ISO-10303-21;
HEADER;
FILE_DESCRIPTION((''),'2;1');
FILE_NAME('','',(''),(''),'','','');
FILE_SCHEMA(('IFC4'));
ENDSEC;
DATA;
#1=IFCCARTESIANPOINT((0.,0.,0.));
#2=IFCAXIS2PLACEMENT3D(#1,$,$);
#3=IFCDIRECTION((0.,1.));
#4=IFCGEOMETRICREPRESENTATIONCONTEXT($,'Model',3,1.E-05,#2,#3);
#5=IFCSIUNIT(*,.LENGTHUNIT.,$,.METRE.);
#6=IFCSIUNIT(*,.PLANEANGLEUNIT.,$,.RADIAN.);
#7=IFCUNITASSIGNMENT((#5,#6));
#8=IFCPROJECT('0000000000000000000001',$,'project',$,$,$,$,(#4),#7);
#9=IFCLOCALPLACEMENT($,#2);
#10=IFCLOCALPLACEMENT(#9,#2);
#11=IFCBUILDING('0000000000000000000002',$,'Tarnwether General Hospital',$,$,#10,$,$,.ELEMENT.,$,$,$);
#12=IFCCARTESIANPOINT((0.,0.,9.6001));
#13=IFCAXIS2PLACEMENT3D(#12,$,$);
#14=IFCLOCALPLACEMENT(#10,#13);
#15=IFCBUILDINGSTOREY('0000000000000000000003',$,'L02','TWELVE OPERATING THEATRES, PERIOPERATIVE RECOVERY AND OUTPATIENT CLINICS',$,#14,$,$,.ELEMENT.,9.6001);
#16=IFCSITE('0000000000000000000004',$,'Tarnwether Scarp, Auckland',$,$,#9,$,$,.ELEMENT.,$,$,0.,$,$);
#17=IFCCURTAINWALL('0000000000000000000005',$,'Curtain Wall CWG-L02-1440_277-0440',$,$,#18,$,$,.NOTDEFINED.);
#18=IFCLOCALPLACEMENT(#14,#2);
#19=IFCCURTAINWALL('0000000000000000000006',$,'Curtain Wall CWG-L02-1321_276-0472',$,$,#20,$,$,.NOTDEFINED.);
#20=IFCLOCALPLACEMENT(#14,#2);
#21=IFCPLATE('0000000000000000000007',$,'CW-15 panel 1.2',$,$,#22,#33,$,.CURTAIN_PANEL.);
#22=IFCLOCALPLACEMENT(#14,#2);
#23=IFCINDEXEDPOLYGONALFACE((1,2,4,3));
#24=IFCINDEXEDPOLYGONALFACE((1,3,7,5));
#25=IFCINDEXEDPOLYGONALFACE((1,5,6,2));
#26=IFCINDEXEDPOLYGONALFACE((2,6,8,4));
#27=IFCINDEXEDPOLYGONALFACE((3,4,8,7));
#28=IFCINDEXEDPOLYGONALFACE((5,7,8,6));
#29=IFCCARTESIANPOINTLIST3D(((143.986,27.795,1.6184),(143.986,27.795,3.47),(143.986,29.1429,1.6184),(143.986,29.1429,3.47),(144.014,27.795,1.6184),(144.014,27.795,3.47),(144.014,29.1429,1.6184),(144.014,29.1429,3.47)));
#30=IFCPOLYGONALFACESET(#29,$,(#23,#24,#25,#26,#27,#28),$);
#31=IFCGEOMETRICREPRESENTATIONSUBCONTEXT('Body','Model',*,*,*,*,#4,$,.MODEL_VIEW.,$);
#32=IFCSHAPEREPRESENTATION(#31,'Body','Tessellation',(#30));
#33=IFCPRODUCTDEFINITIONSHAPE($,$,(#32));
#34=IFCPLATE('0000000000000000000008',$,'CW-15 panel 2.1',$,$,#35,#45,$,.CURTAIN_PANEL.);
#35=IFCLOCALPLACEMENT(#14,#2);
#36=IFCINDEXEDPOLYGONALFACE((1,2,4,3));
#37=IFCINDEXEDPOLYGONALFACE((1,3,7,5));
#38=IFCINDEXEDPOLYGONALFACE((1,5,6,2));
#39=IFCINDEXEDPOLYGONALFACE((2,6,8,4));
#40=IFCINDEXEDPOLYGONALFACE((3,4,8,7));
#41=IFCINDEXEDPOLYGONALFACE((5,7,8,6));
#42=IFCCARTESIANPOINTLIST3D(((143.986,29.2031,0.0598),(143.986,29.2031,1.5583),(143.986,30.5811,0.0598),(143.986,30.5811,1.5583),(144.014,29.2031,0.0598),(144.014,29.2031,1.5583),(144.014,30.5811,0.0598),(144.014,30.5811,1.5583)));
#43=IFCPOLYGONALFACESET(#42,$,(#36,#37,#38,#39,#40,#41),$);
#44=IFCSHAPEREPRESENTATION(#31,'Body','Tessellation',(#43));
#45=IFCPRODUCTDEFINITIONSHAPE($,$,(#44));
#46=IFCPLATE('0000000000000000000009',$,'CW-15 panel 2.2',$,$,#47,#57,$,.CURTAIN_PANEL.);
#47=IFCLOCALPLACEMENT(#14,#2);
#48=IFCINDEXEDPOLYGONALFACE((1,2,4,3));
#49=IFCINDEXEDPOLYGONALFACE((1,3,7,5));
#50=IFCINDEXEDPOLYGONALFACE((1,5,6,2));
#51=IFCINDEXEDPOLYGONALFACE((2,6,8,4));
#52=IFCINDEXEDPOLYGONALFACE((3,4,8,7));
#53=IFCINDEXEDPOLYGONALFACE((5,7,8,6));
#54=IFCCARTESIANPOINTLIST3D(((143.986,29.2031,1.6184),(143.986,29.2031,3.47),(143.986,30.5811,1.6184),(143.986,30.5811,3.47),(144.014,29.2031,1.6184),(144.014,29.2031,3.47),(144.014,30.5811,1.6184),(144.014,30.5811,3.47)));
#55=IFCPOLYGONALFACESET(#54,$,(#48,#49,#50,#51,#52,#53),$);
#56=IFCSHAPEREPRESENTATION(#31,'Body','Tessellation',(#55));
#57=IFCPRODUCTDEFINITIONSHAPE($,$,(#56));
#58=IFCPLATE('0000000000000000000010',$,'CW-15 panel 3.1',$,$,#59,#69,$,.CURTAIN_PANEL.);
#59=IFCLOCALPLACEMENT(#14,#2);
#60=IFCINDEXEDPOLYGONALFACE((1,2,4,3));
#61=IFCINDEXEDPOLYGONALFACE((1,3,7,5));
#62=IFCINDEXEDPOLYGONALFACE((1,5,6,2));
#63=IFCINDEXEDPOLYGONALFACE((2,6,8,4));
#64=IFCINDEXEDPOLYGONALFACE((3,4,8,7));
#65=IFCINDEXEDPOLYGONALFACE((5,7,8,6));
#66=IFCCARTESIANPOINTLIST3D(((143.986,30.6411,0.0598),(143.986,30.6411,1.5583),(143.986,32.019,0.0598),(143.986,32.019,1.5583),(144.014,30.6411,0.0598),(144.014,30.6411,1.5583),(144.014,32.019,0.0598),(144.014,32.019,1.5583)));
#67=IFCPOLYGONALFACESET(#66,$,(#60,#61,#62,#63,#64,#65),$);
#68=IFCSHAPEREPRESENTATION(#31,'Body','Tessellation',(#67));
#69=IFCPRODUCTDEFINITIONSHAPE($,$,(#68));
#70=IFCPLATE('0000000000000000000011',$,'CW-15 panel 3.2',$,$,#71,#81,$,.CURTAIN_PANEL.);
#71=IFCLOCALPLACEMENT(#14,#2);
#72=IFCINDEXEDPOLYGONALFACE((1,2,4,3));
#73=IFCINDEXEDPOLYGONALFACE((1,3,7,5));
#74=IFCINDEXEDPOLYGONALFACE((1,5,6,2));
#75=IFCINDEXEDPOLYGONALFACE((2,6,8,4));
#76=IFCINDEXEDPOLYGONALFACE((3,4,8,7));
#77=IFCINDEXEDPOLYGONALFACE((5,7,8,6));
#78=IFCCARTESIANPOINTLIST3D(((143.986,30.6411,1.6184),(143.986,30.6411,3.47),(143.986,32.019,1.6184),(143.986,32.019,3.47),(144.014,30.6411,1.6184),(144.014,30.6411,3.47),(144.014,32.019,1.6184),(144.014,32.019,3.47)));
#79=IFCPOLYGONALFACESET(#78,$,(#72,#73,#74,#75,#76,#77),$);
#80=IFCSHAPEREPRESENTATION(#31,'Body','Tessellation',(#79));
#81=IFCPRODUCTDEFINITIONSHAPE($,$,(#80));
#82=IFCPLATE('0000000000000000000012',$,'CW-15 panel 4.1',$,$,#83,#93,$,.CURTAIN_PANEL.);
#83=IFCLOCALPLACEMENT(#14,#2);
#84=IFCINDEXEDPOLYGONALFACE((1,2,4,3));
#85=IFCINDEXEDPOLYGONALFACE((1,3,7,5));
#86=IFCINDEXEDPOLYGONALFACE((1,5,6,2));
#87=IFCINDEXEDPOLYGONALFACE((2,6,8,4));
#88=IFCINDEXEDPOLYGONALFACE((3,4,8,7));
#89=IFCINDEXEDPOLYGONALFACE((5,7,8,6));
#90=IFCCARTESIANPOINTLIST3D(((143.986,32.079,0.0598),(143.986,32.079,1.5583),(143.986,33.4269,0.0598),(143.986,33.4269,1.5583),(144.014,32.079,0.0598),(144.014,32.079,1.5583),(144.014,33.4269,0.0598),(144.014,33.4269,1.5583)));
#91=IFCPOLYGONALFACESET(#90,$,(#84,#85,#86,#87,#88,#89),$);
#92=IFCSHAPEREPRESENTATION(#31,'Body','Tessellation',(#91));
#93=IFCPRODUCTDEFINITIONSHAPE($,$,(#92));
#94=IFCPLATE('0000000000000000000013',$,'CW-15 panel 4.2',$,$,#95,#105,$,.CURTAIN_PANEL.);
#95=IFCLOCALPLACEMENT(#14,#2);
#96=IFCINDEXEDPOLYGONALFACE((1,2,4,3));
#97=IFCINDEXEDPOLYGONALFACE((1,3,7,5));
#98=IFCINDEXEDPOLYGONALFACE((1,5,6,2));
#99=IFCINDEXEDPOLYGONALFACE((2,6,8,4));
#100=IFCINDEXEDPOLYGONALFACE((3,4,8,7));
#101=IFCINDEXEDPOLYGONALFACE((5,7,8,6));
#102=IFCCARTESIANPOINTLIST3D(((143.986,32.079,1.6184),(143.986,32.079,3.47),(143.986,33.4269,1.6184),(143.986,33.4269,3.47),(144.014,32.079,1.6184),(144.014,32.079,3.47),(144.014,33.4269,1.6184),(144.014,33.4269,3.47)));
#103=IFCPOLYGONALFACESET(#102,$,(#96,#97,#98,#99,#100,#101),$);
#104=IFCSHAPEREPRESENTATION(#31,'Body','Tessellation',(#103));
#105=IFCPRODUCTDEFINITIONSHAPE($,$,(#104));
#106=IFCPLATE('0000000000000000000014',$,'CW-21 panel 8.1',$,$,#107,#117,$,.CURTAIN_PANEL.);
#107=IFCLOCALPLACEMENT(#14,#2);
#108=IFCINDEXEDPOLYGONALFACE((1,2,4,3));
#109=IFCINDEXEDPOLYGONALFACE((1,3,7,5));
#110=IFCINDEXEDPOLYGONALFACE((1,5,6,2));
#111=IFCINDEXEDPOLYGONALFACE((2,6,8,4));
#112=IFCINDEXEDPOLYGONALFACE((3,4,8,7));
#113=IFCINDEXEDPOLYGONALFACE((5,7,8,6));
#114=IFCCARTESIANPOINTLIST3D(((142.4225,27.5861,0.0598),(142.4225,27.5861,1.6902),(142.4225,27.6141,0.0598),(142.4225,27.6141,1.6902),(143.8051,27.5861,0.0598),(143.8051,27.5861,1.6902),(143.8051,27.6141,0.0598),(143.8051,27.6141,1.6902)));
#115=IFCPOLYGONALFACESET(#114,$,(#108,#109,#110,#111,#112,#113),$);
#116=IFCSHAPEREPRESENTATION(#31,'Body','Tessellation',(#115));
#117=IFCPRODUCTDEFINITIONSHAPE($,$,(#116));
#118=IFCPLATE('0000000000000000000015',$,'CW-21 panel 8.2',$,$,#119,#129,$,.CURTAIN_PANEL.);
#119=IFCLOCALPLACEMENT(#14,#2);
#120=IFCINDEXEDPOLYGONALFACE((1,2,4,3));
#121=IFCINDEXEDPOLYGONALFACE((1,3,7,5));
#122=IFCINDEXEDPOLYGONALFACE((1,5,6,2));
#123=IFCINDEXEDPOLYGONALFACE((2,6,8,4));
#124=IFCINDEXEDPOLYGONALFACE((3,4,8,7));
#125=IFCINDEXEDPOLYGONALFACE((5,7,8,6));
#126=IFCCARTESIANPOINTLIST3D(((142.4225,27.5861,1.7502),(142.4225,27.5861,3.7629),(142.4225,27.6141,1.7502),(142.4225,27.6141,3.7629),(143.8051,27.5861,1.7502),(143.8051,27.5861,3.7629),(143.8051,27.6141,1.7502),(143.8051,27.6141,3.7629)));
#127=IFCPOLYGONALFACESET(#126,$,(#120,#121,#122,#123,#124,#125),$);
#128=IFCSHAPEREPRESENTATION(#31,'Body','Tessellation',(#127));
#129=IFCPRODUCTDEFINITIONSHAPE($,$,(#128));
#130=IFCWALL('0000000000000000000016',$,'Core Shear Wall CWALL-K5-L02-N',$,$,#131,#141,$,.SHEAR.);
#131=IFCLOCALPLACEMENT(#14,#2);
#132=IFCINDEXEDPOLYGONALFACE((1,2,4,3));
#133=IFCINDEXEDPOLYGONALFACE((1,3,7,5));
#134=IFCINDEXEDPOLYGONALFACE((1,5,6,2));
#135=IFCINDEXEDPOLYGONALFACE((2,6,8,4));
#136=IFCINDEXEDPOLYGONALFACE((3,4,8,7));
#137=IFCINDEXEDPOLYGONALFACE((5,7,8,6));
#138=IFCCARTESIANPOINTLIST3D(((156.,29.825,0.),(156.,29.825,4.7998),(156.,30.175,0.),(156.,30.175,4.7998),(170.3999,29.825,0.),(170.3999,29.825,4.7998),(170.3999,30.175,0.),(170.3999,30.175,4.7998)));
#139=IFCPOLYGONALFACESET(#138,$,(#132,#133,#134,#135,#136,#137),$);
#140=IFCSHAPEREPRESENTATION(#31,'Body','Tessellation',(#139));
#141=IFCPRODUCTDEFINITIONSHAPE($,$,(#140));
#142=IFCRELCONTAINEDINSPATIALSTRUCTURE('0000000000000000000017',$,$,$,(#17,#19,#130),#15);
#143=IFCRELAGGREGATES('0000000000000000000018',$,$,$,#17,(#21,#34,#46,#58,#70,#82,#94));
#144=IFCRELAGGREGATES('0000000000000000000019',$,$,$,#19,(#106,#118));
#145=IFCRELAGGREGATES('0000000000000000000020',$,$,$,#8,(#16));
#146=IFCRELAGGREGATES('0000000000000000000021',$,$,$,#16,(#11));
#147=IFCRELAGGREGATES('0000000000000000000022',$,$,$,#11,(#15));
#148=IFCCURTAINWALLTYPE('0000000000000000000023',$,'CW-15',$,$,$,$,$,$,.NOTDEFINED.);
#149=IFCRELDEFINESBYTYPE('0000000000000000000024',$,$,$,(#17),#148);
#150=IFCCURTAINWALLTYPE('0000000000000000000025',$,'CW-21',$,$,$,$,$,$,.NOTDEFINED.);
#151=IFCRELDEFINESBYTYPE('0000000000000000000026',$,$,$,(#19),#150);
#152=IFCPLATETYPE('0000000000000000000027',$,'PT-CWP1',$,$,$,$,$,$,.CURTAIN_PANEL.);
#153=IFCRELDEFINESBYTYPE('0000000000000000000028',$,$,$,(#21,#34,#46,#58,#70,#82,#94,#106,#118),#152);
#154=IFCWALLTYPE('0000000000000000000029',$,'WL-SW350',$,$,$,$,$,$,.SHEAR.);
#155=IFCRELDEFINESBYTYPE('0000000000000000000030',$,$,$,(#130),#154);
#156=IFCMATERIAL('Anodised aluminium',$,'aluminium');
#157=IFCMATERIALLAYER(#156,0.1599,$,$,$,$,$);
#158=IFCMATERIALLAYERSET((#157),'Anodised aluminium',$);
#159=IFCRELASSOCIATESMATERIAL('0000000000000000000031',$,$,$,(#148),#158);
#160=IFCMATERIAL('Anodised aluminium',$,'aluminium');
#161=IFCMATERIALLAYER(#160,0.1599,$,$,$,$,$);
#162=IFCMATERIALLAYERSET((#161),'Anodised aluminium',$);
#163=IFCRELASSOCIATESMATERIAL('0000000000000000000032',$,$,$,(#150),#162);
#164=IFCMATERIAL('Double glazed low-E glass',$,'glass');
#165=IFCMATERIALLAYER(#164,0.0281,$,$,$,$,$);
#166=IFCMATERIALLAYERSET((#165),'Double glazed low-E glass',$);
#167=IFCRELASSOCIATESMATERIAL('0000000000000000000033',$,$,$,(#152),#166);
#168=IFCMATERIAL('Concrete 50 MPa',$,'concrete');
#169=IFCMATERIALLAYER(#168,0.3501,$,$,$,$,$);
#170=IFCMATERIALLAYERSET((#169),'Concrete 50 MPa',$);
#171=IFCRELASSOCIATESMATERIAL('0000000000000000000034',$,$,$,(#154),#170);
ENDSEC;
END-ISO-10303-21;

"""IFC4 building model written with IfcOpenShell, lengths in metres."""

from ifc_helpers import new_model, si_unit, direction, frame, frame_2d, origin, origin_2d, place, context, subcontext, project, spatial, rectangle, extrude, material, layer, layer_set, type_object, element, aggregate, save


model = new_model("IFC4")

# Units and contexts
model_context = context("Model", 3, precision=1e-05, world=origin(), true_north=direction((0.0, 1.0)))
body_context = subcontext(model_context, "Body", "Model", "MODEL_VIEW")
ifc_project = project(units=[si_unit("LENGTHUNIT", "METRE"), si_unit("PLANEANGLEUNIT", "RADIAN")], contexts=[model_context])

# Site, building, storey
site_placement = place(None, origin())
site = spatial("IfcSite", under=ifc_project, at=site_placement, Name="Tarnwether Scarp, Auckland", CompositionType="ELEMENT", RefElevation=0.0)
building_placement = place(site_placement, origin())
building = spatial("IfcBuilding", under=site, at=building_placement, Name="Tarnwether General Hospital", CompositionType="ELEMENT")
storey_placement = place(building_placement, frame((0.0, 0.0, 9.6001)))
storey = spatial("IfcBuildingStorey", under=building, at=storey_placement, Name="L02", Description="TWELVE OPERATING THEATRES, PERIOPERATIVE RECOVERY AND OUTPATIENT CLINICS", CompositionType="ELEMENT", Elevation=9.6001)

# Curtain wall
ifc_material_1 = material(Name="Anodised aluminium", Category="aluminium")
ifc_layer_1 = layer(ifc_material_1, 0.1599)
ifc_layer_set_1 = layer_set([ifc_layer_1], Name="Anodised aluminium")
curtain_wall_type_1 = type_object("IfcCurtainWallType", Name="CW-15", PredefinedType="NOTDEFINED", material=ifc_layer_set_1)
curtain_wall_1_placement = place(storey_placement, origin())
curtain_wall_1 = element("IfcCurtainWall", 1, at=curtain_wall_1_placement, inside=storey, type_object=curtain_wall_type_1, Name="Curtain Wall CWG-L02-1440_277-0440", PredefinedType="NOTDEFINED")

# Curtain wall
ifc_material_2 = material(Name="Anodised aluminium", Category="aluminium")
ifc_layer_2 = layer(ifc_material_2, 0.1599)
ifc_layer_set_2 = layer_set([ifc_layer_2], Name="Anodised aluminium")
curtain_wall_type_2 = type_object("IfcCurtainWallType", Name="CW-21", PredefinedType="NOTDEFINED", material=ifc_layer_set_2)
curtain_wall_2_placement = place(storey_placement, origin())
curtain_wall_2 = element("IfcCurtainWall", 2, at=curtain_wall_2_placement, inside=storey, type_object=curtain_wall_type_2, Name="Curtain Wall CWG-L02-1321_276-0472", PredefinedType="NOTDEFINED")

# Plates
ifc_material_3 = material(Name="Double glazed low-E glass", Category="glass")
ifc_layer_3 = layer(ifc_material_3, 0.0281)
ifc_layer_set_3 = layer_set([ifc_layer_3], Name="Double glazed low-E glass")
plate_type = type_object("IfcPlateType", Name="PT-CWP1", PredefinedType="CURTAIN_PANEL", material=ifc_layer_set_3)
plate_1_placement = place(storey_placement, frame((144.0, 28.469, 1.6184), z_axis=(0.0, 0.0, 1.0), x_axis=(0.0, 1.0, 0.0)))
plate_1 = element("IfcPlate", 3, at=plate_1_placement, type_object=plate_type, Name="CW-15 panel 1.2", PredefinedType="CURTAIN_PANEL", context=body_context, shape_type="SweptSolid", body=[
    extrude(rectangle(XDim=1.3479, YDim=0.0281, at=origin_2d()), origin(), (0.0, 0.0, 1.0), 1.8516),
])
plate_2_placement = place(storey_placement, frame((144.0, 29.8921, 0.0598), z_axis=(0.0, 0.0, 1.0), x_axis=(0.0, 1.0, 0.0)))
plate_2 = element("IfcPlate", 4, at=plate_2_placement, type_object=plate_type, Name="CW-15 panel 2.1", PredefinedType="CURTAIN_PANEL", context=body_context, shape_type="SweptSolid", body=[
    extrude(rectangle(XDim=1.3779, YDim=0.0281, at=origin_2d()), origin(), (0.0, 0.0, 1.0), 1.4985),
])
plate_3_placement = place(storey_placement, frame((144.0, 29.8921, 1.6184), z_axis=(0.0, 0.0, 1.0), x_axis=(0.0, 1.0, 0.0)))
plate_3 = element("IfcPlate", 5, at=plate_3_placement, type_object=plate_type, Name="CW-15 panel 2.2", PredefinedType="CURTAIN_PANEL", context=body_context, shape_type="SweptSolid", body=[
    extrude(rectangle(XDim=1.3779, YDim=0.0281, at=origin_2d()), origin(), (0.0, 0.0, 1.0), 1.8516),
])
plate_4_placement = place(storey_placement, frame((144.0, 31.3301, 0.0598), z_axis=(0.0, 0.0, 1.0), x_axis=(0.0, 1.0, 0.0)))
plate_4 = element("IfcPlate", 6, at=plate_4_placement, type_object=plate_type, Name="CW-15 panel 3.1", PredefinedType="CURTAIN_PANEL", context=body_context, shape_type="SweptSolid", body=[
    extrude(rectangle(XDim=1.3779, YDim=0.0281, at=origin_2d()), origin(), (0.0, 0.0, 1.0), 1.4985),
])
plate_5_placement = place(storey_placement, frame((144.0, 31.3301, 1.6184), z_axis=(0.0, 0.0, 1.0), x_axis=(0.0, 1.0, 0.0)))
plate_5 = element("IfcPlate", 7, at=plate_5_placement, type_object=plate_type, Name="CW-15 panel 3.2", PredefinedType="CURTAIN_PANEL", context=body_context, shape_type="SweptSolid", body=[
    extrude(rectangle(XDim=1.3779, YDim=0.0281, at=origin_2d()), origin(), (0.0, 0.0, 1.0), 1.8516),
])
plate_6_placement = place(storey_placement, frame((144.0, 32.7529, 0.0598), z_axis=(0.0, 0.0, 1.0), x_axis=(0.0, 1.0, 0.0)))
plate_6 = element("IfcPlate", 8, at=plate_6_placement, type_object=plate_type, Name="CW-15 panel 4.1", PredefinedType="CURTAIN_PANEL", context=body_context, shape_type="SweptSolid", body=[
    extrude(rectangle(XDim=1.3479, YDim=0.0281, at=origin_2d()), origin(), (0.0, 0.0, 1.0), 1.4985),
])
plate_7_placement = place(storey_placement, frame((144.0, 32.7529, 1.6184), z_axis=(0.0, 0.0, 1.0), x_axis=(0.0, 1.0, 0.0)))
plate_7 = element("IfcPlate", 9, at=plate_7_placement, type_object=plate_type, Name="CW-15 panel 4.2", PredefinedType="CURTAIN_PANEL", context=body_context, shape_type="SweptSolid", body=[
    extrude(rectangle(XDim=1.3479, YDim=0.0281, at=origin_2d()), origin(), (0.0, 0.0, 1.0), 1.8516),
])
aggregate(curtain_wall_1, [plate_1, plate_2, plate_3, plate_4, plate_5, plate_6, plate_7])
plate_8_placement = place(storey_placement, frame((143.1138, 27.6001, 0.0598), z_axis=(0.0, 0.0, 1.0), x_axis=(1.0, 0.0, 0.0)))
plate_8 = element("IfcPlate", 10, at=plate_8_placement, type_object=plate_type, Name="CW-21 panel 8.1", PredefinedType="CURTAIN_PANEL", context=body_context, shape_type="SweptSolid", body=[
    extrude(rectangle(XDim=1.3826, YDim=0.0281, at=origin_2d()), origin(), (0.0, 0.0, 1.0), 1.6304),
])
plate_9_placement = place(storey_placement, frame((143.1138, 27.6001, 1.7502), z_axis=(0.0, 0.0, 1.0), x_axis=(1.0, 0.0, 0.0)))
plate_9 = element("IfcPlate", 11, at=plate_9_placement, type_object=plate_type, Name="CW-21 panel 8.2", PredefinedType="CURTAIN_PANEL", context=body_context, shape_type="SweptSolid", body=[
    extrude(rectangle(XDim=1.3826, YDim=0.0281, at=origin_2d()), origin(), (0.0, 0.0, 1.0), 2.0127),
])
aggregate(curtain_wall_2, [plate_8, plate_9])

# Wall
ifc_material_4 = material(Name="Concrete 50 MPa", Category="concrete")
ifc_layer_4 = layer(ifc_material_4, 0.3501)
ifc_layer_set_4 = layer_set([ifc_layer_4], Name="Concrete 50 MPa")
wall_type = type_object("IfcWallType", Name="WL-SW350", PredefinedType="SHEAR", material=ifc_layer_set_4)
wall_placement = place(storey_placement, frame((156.0, 30.0, 0.0), z_axis=(0.0, 0.0, 1.0), x_axis=(1.0, 0.0, 0.0)))
element("IfcWall", 12, at=wall_placement, inside=storey, type_object=wall_type, Name="Core Shear Wall CWALL-K5-L02-N", PredefinedType="SHEAR", context=body_context, shape_type="SweptSolid", body=[
    extrude(rectangle(XDim=14.3999, YDim=0.3501, at=frame_2d((7.2, 0.0))), origin(), (0.0, 0.0, 1.0), 4.7998),
])

save(model, "model.ifc")
